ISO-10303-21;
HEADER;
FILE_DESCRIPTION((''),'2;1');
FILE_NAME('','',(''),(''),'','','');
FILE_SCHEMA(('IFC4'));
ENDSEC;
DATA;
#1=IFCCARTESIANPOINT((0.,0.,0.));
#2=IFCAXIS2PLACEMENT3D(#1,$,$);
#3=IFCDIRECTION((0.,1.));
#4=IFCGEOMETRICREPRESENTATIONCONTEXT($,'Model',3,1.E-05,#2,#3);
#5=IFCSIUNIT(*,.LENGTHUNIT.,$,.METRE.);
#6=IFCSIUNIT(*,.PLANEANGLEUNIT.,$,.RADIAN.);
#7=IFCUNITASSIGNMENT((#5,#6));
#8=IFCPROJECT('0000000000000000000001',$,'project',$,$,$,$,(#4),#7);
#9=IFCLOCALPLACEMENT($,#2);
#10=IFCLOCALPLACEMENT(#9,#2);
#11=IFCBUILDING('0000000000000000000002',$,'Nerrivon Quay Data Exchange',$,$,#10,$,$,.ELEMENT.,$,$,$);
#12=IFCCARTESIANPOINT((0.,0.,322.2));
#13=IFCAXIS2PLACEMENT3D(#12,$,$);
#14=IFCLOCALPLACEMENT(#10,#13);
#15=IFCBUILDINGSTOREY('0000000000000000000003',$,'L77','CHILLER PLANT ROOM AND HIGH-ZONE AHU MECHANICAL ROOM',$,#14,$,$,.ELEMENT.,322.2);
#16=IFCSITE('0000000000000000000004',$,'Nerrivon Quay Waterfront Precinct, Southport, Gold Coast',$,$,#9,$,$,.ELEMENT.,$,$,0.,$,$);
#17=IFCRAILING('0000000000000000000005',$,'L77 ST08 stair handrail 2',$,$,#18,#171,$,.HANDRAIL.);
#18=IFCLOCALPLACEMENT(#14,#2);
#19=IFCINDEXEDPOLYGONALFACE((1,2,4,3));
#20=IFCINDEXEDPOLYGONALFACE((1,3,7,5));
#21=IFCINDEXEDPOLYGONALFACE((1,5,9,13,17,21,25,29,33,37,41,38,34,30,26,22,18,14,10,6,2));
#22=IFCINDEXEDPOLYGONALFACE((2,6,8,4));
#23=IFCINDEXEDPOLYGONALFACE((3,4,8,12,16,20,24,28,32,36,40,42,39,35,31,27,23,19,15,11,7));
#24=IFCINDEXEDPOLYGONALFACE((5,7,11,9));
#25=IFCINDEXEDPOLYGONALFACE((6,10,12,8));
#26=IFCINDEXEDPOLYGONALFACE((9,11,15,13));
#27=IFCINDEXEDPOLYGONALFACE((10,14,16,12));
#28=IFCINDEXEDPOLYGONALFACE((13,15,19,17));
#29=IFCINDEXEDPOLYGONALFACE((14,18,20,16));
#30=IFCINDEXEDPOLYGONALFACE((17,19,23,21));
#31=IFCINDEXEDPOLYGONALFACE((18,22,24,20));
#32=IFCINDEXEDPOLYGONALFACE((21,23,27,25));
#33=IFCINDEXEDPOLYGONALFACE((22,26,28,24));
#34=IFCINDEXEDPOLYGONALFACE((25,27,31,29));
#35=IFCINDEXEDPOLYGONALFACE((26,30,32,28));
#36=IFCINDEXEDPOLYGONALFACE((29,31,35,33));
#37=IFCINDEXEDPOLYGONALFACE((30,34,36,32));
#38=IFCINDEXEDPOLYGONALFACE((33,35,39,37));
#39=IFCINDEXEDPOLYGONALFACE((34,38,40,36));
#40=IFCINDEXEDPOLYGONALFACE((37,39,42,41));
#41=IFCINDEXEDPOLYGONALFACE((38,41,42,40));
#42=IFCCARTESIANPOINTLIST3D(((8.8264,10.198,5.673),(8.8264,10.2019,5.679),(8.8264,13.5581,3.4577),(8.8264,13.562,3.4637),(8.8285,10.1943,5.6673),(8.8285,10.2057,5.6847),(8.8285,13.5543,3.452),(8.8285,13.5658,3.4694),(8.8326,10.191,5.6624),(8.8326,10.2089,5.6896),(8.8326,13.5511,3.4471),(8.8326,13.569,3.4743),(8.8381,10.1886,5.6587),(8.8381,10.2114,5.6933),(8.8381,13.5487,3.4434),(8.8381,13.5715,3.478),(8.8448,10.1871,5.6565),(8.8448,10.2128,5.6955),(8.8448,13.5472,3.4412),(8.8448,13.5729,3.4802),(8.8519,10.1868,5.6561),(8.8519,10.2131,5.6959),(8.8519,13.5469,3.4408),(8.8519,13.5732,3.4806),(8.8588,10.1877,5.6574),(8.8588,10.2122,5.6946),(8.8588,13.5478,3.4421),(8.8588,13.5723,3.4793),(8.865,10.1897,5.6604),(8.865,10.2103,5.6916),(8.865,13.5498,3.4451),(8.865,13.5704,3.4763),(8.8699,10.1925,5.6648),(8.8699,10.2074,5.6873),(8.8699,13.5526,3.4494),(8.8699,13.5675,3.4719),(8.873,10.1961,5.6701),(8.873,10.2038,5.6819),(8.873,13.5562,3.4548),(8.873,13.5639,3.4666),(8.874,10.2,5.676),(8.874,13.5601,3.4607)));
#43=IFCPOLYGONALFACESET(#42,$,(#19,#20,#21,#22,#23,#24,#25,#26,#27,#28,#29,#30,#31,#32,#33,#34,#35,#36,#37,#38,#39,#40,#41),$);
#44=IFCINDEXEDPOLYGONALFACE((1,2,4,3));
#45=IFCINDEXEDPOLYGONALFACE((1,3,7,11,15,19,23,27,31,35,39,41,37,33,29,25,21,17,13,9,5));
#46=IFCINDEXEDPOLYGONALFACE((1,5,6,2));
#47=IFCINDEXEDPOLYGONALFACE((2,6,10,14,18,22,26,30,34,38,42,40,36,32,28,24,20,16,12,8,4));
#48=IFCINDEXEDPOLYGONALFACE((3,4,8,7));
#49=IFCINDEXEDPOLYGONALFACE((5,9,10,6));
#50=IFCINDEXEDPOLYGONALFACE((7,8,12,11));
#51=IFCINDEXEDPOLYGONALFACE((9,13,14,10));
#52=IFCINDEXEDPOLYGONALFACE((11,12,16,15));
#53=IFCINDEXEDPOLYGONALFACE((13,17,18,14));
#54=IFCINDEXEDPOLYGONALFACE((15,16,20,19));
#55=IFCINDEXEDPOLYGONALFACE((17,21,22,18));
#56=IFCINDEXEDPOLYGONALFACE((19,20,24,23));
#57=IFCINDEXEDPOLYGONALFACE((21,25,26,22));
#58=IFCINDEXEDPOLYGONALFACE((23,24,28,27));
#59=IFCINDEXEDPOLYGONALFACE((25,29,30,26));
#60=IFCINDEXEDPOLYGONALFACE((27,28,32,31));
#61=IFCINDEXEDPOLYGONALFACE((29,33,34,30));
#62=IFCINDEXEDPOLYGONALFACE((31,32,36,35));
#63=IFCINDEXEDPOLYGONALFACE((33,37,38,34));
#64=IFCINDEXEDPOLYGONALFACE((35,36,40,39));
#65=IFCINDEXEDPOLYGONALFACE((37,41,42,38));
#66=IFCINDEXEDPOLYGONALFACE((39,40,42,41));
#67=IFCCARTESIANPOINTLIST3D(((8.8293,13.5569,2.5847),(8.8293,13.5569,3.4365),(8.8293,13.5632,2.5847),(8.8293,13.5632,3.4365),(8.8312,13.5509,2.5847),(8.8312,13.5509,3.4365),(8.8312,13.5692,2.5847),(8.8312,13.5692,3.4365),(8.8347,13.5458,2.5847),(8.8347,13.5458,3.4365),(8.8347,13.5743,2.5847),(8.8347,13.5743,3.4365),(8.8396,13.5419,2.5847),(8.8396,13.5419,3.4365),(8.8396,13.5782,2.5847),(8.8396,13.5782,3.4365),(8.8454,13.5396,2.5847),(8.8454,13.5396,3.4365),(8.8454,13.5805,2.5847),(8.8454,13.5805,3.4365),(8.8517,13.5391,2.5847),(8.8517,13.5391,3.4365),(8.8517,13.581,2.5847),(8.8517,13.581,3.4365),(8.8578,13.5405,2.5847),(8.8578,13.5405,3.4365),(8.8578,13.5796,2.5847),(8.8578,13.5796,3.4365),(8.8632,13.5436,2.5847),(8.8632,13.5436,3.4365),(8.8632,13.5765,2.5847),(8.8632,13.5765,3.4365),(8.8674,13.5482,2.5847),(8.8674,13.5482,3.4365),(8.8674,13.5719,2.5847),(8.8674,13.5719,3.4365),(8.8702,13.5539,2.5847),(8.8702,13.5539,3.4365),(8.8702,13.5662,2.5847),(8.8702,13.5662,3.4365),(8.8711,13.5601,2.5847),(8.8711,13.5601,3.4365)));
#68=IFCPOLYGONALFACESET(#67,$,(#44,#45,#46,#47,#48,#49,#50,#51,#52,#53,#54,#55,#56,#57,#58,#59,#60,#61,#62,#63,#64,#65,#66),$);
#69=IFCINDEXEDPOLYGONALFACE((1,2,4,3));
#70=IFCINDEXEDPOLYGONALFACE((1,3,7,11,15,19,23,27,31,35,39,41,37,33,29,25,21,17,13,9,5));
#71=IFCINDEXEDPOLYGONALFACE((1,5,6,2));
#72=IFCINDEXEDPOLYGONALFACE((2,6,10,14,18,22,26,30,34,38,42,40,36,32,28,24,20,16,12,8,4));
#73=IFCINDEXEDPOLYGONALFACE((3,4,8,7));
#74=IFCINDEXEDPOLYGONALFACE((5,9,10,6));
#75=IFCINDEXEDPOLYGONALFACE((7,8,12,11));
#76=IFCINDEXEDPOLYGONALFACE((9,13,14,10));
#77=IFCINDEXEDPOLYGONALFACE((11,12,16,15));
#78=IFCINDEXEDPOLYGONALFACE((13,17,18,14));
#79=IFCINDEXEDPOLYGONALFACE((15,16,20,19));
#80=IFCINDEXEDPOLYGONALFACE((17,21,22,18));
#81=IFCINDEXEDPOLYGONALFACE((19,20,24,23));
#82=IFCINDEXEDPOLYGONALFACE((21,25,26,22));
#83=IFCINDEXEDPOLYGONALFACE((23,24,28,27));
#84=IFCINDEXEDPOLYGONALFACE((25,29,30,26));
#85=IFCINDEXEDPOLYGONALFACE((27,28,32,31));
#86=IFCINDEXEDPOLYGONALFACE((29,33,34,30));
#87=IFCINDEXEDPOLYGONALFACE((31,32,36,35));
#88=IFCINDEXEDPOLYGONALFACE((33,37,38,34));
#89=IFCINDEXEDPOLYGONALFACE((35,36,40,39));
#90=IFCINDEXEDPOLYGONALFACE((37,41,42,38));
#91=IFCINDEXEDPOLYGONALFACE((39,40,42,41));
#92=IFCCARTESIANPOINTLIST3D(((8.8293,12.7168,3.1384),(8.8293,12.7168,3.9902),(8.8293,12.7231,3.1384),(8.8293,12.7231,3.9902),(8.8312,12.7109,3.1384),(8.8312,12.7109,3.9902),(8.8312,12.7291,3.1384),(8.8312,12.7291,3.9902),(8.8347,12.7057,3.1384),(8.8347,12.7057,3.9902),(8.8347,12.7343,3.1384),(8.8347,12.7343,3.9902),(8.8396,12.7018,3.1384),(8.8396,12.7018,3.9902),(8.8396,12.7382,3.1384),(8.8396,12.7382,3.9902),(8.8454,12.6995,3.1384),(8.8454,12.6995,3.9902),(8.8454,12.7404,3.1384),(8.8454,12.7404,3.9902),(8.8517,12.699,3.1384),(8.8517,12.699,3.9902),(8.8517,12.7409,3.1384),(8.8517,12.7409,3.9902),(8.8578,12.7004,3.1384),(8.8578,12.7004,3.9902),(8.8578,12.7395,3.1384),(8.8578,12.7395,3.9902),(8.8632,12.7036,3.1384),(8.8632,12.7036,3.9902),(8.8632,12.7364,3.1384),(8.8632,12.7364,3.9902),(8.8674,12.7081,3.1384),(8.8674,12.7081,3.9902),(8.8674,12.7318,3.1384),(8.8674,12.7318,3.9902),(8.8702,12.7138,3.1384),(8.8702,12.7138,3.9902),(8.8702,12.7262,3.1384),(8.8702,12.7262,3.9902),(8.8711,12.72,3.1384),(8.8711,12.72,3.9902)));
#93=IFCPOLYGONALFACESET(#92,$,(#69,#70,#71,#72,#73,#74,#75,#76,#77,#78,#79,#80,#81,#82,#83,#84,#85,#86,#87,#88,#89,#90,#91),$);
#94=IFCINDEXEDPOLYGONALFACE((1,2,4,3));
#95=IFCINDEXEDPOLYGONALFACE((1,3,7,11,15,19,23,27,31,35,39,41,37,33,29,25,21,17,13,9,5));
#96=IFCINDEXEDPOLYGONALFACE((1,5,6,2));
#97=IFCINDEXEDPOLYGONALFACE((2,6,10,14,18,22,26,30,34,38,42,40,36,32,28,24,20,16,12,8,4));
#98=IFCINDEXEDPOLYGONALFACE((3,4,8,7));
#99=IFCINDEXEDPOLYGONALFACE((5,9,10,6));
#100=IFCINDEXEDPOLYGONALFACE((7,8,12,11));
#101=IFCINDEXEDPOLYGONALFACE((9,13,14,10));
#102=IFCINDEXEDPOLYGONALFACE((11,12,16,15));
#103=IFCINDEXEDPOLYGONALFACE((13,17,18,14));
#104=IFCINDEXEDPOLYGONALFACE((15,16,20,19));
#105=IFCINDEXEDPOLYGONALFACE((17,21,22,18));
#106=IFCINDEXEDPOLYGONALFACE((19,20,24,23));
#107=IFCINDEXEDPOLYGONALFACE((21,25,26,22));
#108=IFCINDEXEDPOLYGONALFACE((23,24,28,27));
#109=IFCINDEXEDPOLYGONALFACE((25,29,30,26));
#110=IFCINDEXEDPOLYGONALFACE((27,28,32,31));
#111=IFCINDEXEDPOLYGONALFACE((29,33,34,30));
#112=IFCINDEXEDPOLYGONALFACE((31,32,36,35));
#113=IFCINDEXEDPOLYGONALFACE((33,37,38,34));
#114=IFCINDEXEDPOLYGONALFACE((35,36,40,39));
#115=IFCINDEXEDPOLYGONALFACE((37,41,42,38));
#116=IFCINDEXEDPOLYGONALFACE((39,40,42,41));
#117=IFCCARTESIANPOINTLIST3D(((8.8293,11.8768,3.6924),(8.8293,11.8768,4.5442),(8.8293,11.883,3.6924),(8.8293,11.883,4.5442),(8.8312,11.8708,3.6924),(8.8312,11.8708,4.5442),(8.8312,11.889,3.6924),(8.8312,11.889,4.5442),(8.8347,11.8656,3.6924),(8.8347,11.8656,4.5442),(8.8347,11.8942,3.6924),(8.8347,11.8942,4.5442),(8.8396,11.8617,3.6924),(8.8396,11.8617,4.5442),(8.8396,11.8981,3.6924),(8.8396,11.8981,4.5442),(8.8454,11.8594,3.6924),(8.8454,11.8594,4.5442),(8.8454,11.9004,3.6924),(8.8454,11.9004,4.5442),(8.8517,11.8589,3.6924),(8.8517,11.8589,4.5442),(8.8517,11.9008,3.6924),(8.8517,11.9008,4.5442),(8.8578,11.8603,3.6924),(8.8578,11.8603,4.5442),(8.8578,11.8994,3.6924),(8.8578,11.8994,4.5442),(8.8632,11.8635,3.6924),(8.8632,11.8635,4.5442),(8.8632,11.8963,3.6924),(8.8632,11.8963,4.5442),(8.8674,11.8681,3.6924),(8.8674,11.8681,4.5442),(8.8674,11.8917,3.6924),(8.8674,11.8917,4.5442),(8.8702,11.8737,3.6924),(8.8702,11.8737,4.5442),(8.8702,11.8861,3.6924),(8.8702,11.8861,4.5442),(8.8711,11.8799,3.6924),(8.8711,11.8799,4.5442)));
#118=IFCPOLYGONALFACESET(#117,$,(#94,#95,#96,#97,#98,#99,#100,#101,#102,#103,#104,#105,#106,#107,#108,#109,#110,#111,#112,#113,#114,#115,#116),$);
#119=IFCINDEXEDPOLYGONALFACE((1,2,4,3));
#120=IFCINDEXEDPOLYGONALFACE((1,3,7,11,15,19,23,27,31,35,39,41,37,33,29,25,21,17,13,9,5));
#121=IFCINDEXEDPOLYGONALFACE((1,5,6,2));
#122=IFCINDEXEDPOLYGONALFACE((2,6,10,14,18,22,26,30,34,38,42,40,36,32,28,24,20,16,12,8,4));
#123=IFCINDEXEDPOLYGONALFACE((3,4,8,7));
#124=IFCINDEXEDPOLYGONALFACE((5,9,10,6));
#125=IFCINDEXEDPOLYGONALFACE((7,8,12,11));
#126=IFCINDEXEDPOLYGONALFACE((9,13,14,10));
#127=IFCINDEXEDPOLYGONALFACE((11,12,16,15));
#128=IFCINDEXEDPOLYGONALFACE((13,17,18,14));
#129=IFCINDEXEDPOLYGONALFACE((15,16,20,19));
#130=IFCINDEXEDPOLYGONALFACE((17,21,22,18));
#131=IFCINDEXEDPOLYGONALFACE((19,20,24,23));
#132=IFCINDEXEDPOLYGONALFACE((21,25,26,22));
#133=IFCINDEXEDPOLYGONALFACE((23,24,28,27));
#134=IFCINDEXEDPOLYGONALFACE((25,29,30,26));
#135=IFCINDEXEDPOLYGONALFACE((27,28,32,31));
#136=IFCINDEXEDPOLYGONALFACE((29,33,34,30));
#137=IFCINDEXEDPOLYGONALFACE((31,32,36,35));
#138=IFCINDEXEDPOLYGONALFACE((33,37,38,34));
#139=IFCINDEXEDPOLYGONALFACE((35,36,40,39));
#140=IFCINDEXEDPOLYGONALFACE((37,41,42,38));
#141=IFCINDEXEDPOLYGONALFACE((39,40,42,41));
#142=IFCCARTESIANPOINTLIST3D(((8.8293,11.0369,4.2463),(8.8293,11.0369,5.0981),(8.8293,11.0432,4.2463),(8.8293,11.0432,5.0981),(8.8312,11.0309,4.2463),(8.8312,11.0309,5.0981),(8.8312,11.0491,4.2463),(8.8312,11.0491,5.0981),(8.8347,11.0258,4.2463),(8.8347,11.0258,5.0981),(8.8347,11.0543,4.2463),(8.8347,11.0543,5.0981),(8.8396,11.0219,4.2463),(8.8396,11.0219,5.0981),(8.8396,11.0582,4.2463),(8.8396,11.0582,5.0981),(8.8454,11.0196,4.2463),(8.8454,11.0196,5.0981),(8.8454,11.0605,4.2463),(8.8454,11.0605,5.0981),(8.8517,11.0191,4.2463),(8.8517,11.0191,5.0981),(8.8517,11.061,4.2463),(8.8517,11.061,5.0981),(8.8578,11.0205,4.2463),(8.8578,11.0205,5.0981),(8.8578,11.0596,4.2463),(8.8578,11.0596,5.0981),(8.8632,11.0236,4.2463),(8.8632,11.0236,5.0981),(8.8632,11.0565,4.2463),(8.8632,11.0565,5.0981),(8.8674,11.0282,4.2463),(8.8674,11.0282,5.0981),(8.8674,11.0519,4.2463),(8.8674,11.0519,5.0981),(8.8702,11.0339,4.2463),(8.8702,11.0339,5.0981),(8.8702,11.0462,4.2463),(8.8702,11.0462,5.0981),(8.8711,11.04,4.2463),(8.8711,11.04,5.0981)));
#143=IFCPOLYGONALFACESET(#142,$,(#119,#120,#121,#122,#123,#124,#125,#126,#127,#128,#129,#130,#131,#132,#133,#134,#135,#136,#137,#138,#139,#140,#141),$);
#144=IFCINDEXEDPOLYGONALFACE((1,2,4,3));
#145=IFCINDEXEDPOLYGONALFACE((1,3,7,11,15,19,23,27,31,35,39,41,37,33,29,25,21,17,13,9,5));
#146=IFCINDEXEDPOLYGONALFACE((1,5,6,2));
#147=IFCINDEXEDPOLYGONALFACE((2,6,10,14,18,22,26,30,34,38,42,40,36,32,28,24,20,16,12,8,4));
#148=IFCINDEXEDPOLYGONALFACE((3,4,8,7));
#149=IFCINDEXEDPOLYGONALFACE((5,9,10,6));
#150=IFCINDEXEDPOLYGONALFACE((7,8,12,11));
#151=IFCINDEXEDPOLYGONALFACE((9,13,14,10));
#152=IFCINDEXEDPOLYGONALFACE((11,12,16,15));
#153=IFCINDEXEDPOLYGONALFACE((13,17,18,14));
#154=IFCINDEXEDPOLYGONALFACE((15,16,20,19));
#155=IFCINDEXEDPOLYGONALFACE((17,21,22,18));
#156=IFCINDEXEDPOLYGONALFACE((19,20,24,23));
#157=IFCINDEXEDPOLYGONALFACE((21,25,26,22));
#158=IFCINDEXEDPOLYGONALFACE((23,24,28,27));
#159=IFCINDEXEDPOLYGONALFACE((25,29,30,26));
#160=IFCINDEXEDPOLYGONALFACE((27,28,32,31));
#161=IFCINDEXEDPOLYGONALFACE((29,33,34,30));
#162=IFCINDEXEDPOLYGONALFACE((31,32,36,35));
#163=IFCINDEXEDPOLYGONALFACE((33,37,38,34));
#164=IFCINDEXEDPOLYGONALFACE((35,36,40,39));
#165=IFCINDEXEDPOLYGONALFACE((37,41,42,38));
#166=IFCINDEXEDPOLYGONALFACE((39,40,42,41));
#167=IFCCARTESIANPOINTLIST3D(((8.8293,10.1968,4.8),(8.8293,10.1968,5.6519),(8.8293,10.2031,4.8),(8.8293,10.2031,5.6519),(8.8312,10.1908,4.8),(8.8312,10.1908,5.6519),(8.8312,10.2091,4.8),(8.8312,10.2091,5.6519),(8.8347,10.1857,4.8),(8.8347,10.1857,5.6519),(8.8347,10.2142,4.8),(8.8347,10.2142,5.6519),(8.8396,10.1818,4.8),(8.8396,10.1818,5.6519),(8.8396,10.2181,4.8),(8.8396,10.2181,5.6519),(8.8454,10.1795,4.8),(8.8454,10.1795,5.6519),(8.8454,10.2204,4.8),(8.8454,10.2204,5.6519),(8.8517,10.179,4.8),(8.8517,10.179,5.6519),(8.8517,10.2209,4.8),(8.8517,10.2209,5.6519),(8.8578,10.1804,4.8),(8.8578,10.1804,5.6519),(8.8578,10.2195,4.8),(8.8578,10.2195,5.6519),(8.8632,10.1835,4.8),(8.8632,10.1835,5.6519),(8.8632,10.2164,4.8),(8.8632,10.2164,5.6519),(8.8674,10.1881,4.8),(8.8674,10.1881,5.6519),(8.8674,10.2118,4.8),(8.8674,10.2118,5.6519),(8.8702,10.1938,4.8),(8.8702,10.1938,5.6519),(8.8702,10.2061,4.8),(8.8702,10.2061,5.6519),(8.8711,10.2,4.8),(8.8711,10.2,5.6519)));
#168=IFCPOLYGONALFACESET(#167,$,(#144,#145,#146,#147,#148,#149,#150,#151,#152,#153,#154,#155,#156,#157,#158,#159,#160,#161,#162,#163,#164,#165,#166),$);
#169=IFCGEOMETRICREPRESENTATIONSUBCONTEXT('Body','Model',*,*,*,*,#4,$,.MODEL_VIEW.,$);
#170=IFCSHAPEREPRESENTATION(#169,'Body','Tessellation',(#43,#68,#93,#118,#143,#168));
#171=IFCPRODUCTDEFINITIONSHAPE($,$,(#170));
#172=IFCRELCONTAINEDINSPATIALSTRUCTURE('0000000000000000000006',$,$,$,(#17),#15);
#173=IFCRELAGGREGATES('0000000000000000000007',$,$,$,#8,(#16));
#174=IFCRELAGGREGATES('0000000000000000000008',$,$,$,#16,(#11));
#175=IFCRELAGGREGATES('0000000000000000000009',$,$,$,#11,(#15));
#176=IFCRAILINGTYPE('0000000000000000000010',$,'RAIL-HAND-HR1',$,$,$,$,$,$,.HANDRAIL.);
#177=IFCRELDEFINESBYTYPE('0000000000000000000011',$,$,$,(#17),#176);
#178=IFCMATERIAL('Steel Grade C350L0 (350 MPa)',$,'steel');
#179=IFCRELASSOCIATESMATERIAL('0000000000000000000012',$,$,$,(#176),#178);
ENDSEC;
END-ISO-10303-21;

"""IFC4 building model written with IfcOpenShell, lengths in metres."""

from ifc_helpers import new_model, si_unit, direction, frame, origin, origin_2d, place, context, subcontext, project, spatial, circle, extrude, material, type_object, element, save


model = new_model("IFC4")

# Units and contexts
model_context = context("Model", 3, precision=1e-05, world=origin(), true_north=direction((0.0, 1.0)))
body_context = subcontext(model_context, "Body", "Model", "MODEL_VIEW")
ifc_project = project(units=[si_unit("LENGTHUNIT", "METRE"), si_unit("PLANEANGLEUNIT", "RADIAN")], contexts=[model_context])

# Site, building, storey
site_placement = place(None, origin())
site = spatial("IfcSite", under=ifc_project, at=site_placement, Name="Nerrivon Quay Waterfront Precinct, Southport, Gold Coast", CompositionType="ELEMENT", RefElevation=0.0)
building_placement = place(site_placement, origin())
building = spatial("IfcBuilding", under=site, at=building_placement, Name="Nerrivon Quay Data Exchange", CompositionType="ELEMENT")
storey_placement = place(building_placement, frame((0.0, 0.0, 322.2)))
storey = spatial("IfcBuildingStorey", under=building, at=storey_placement, Name="L77", Description="CHILLER PLANT ROOM AND HIGH-ZONE AHU MECHANICAL ROOM", CompositionType="ELEMENT", Elevation=322.2)

# Railing
ifc_material_1 = material(Name="Steel Grade C350L0 (350 MPa)", Category="steel")
railing_type_1 = type_object("IfcRailingType", Name="RAIL-HAND-HR1", PredefinedType="HANDRAIL", material=ifc_material_1)
railing_1_placement = place(storey_placement, frame((8.8501, 13.5601, 2.5847)))
element("IfcRailing", 1, at=railing_1_placement, inside=storey, type_object=railing_type_1, Name="L77 ST08 stair handrail 2", PredefinedType="HANDRAIL", context=body_context, shape_type="SweptSolid", body=[
    extrude(circle(Radius=0.0239, at=origin_2d()), frame((0.0, 0.0, 0.876), z_axis=(0.0, -0.834876, 0.550437), x_axis=(1.0, 0.0, 0.0)), (0.0, 0.0, 1.0), 4.0247),
    extrude(circle(Radius=0.021, at=origin_2d()), origin(), (0.0, 0.0, 1.0), 0.8518),
    extrude(circle(Radius=0.021, at=origin_2d()), frame((0.0, -0.8401, 0.5537)), (0.0, 0.0, 1.0), 0.8518),
    extrude(circle(Radius=0.021, at=origin_2d()), frame((0.0, -1.6802, 1.1077)), (0.0, 0.0, 1.0), 0.8518),
    extrude(circle(Radius=0.021, at=origin_2d()), frame((0.0, -2.52, 1.6616)), (0.0, 0.0, 1.0), 0.8518),
    extrude(circle(Radius=0.021, at=origin_2d()), frame((0.0, -3.3601, 2.2153)), (0.0, 0.0, 1.0), 0.8518),
])

save(model, "model.ifc")
